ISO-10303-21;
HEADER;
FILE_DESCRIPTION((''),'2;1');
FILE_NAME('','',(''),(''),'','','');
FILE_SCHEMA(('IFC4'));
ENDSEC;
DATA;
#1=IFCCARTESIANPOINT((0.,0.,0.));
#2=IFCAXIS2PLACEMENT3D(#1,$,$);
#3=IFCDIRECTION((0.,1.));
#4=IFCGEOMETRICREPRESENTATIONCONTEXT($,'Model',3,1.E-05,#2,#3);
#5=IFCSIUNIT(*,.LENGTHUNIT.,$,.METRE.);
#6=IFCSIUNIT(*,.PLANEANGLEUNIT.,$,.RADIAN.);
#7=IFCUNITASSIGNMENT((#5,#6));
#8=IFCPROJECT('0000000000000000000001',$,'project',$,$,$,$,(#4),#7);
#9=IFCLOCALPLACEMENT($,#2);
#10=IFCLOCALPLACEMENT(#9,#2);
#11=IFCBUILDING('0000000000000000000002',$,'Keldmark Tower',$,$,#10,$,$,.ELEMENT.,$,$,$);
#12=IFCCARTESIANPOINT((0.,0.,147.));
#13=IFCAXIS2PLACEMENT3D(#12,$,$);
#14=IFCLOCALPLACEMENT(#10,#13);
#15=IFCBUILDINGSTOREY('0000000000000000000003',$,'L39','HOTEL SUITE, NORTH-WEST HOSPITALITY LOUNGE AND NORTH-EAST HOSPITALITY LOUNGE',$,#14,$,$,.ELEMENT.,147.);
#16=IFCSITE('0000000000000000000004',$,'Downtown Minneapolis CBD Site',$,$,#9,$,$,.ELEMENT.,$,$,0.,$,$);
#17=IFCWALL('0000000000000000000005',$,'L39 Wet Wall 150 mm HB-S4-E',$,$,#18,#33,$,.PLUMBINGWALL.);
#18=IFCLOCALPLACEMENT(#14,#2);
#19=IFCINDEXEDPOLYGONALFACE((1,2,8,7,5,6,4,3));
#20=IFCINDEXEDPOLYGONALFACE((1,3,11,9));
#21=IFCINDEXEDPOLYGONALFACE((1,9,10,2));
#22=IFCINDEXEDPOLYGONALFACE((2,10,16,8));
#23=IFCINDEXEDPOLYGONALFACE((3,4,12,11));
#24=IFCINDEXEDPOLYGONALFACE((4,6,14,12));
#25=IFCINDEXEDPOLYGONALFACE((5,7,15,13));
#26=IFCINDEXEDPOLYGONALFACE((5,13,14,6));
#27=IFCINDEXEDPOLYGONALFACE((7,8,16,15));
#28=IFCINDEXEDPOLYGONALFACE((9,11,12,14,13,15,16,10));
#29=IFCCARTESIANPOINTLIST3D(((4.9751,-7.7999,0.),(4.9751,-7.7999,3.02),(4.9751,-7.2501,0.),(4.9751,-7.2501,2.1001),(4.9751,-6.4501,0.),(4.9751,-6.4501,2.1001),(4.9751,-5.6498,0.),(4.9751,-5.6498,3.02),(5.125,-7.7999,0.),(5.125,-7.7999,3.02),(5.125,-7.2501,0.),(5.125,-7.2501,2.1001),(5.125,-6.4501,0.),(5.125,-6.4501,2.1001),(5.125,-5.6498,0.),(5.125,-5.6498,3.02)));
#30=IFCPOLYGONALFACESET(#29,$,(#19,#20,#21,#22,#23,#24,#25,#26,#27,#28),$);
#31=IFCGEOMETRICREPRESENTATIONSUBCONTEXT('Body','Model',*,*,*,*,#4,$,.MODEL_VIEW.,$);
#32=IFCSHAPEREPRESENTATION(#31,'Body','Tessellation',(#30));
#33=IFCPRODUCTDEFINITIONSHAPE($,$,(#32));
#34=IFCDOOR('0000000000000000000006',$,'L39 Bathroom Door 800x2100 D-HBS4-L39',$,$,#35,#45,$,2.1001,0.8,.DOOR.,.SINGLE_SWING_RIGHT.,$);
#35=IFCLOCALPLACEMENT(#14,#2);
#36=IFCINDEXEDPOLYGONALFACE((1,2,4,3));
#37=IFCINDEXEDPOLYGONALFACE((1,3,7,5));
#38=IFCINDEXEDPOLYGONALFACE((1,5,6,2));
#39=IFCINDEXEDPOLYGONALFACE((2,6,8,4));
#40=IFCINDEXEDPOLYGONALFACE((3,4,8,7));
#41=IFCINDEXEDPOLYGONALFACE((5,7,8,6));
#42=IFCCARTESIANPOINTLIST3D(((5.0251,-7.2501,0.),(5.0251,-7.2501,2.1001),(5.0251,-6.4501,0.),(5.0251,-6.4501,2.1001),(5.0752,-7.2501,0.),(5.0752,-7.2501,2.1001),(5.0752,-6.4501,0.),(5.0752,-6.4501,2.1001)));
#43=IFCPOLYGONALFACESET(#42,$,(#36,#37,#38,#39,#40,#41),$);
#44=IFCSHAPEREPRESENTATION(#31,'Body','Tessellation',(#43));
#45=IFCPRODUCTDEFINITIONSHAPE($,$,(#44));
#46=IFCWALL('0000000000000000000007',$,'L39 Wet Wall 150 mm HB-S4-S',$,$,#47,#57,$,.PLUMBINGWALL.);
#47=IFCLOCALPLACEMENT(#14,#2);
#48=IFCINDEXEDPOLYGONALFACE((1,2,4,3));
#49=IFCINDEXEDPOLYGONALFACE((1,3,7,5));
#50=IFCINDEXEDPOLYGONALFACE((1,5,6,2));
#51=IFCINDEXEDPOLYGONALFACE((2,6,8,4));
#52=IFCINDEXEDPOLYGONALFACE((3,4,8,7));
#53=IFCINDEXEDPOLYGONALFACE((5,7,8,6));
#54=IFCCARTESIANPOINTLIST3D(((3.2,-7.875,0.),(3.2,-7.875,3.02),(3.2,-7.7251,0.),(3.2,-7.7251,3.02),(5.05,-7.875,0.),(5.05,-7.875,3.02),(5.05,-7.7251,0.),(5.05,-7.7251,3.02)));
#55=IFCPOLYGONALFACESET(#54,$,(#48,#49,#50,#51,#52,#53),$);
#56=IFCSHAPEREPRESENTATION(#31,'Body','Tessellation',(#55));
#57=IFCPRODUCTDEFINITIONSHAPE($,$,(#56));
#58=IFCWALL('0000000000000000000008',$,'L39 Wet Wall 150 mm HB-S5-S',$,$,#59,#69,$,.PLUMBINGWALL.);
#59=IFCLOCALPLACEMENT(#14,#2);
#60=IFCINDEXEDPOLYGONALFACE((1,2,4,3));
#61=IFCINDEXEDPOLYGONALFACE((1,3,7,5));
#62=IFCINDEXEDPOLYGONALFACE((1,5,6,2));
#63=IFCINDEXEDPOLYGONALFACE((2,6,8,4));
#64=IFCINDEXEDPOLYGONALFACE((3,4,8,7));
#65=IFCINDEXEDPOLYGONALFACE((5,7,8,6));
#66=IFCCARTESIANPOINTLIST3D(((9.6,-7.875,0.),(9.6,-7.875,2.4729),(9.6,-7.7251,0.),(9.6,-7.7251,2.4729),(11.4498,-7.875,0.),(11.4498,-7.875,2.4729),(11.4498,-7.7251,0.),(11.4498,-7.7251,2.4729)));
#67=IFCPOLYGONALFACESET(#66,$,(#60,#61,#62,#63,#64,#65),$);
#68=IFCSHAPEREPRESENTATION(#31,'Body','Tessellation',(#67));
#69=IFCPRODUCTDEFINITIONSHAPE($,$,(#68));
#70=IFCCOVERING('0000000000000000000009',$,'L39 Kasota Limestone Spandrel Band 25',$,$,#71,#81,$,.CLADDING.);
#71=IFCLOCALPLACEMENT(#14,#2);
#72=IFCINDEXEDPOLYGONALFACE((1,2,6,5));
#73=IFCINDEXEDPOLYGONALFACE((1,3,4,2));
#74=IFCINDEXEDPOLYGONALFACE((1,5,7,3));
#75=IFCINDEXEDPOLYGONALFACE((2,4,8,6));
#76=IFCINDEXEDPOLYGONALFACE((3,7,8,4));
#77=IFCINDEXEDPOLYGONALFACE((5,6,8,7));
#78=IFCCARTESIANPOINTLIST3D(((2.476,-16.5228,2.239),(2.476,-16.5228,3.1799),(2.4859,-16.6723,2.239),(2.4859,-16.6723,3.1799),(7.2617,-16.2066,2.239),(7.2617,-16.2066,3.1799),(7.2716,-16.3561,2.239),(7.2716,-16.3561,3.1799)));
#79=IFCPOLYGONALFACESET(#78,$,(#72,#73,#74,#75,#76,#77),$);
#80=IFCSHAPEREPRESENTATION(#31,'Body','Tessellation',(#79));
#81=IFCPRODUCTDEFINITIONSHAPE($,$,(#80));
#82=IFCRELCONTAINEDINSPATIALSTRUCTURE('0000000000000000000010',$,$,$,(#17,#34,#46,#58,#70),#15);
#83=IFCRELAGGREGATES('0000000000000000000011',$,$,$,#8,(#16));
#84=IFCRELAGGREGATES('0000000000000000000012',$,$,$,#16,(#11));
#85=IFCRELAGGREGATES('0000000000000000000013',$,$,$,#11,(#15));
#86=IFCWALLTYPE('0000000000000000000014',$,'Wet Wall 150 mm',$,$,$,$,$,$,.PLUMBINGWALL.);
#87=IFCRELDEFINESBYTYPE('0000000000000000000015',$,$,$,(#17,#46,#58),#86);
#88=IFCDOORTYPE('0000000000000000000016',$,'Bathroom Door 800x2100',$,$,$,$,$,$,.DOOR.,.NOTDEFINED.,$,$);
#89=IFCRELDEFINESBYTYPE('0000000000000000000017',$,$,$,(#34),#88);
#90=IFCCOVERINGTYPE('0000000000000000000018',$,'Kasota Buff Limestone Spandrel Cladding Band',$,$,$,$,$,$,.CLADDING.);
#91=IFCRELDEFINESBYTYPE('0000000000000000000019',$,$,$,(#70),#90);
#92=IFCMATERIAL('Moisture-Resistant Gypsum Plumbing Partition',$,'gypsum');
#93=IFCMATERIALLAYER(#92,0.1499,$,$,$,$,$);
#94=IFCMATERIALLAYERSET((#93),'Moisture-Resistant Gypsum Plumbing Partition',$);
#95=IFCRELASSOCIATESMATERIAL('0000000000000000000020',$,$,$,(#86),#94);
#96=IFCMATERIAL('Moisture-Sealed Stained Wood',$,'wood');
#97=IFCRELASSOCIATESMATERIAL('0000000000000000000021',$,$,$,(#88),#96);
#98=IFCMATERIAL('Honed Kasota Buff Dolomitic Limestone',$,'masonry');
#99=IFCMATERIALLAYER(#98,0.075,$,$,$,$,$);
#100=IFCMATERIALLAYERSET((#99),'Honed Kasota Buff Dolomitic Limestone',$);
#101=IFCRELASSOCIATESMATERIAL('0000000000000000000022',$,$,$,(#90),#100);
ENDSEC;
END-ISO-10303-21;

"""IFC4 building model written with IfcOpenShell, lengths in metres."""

from ifc_helpers import new_model, si_unit, direction, frame, frame_2d, origin, origin_2d, place, context, subcontext, project, spatial, rectangle, extrude, material, layer, layer_set, type_object, element, fill, save


model = new_model("IFC4")

# Units and contexts
model_context = context("Model", 3, precision=1e-05, world=origin(), true_north=direction((0.0, 1.0)))
body_context = subcontext(model_context, "Body", "Model", "MODEL_VIEW")
ifc_project = project(units=[si_unit("LENGTHUNIT", "METRE"), si_unit("PLANEANGLEUNIT", "RADIAN")], contexts=[model_context])

# Site, building, storey
site_placement = place(None, origin())
site = spatial("IfcSite", under=ifc_project, at=site_placement, Name="Downtown Minneapolis CBD Site", CompositionType="ELEMENT", RefElevation=0.0)
building_placement = place(site_placement, origin())
building = spatial("IfcBuilding", under=site, at=building_placement, Name="Keldmark Tower", CompositionType="ELEMENT")
storey_placement = place(building_placement, frame((0.0, 0.0, 147.0)))
storey = spatial("IfcBuildingStorey", under=building, at=storey_placement, Name="L39", Description="HOTEL SUITE, NORTH-WEST HOSPITALITY LOUNGE AND NORTH-EAST HOSPITALITY LOUNGE", CompositionType="ELEMENT", Elevation=147.0)

# Shared definitions
ifc_material_1 = material(Name="Moisture-Resistant Gypsum Plumbing Partition", Category="gypsum")
ifc_layer_1 = layer(ifc_material_1, 0.1499)
ifc_layer_set_1 = layer_set([ifc_layer_1], Name="Moisture-Resistant Gypsum Plumbing Partition")
wall_type_1 = type_object("IfcWallType", Name="Wet Wall 150 mm", PredefinedType="PLUMBINGWALL", material=ifc_layer_set_1)

# Wall, opening, door
ifc_material_2 = material(Name="Moisture-Sealed Stained Wood", Category="wood")
door_type = type_object("IfcDoorType", Name="Bathroom Door 800x2100", OperationType="NOTDEFINED", PredefinedType="DOOR", material=ifc_material_2)
wall_1_placement = place(storey_placement, frame((5.05, -7.8, 0.0), z_axis=(0.0, 0.0, 1.0), x_axis=(0.0, 1.0, 0.0)))
wall_1 = element("IfcWall", 1, at=wall_1_placement, inside=storey, type_object=wall_type_1, Name="L39 Wet Wall 150 mm HB-S4-E", PredefinedType="PLUMBINGWALL", context=body_context, shape_type="SweptSolid", body=[
    extrude(rectangle(XDim=2.1501, YDim=0.1499, at=frame_2d((1.0752, 0.0))), origin(), (0.0, 0.0, 1.0), 3.02),
])
opening_1_placement = place(wall_1_placement, frame((0.55, 0.0, 0.0)))
opening_1 = element("IfcOpeningElement", 2, at=opening_1_placement, cuts=wall_1, PredefinedType="OPENING", context=body_context, shape_type="SweptSolid", body=[
    extrude(rectangle(XDim=0.8, YDim=2.1001, at=frame_2d((0.3999, 1.05))), frame((0.0, 0.085, 0.0), z_axis=(0.0, -1.0, 0.0), x_axis=(1.0, 0.0, 0.0)), (0.0, 0.0, 1.0), 0.1699),
])
door_1_placement = place(opening_1_placement, origin())
door_1 = element("IfcDoor", 3, at=door_1_placement, inside=storey, type_object=door_type, Name="L39 Bathroom Door 800x2100 D-HBS4-L39", OperationType="SINGLE_SWING_RIGHT", OverallHeight=2.1001, OverallWidth=0.8, PredefinedType="DOOR", context=body_context, shape_type="SweptSolid", body=[
    extrude(rectangle(XDim=0.8, YDim=2.1001, at=frame_2d((0.3999, 1.05))), frame((0.0, 0.0249, 0.0), z_axis=(0.0, -1.0, 0.0), x_axis=(1.0, 0.0, 0.0)), (0.0, 0.0, 1.0), 0.05),
])
fill(opening_1, door_1)

# Walls
wall_2_placement = place(storey_placement, frame((3.2, -7.8, 0.0), z_axis=(0.0, 0.0, 1.0), x_axis=(1.0, 0.0, 0.0)))
element("IfcWall", 4, at=wall_2_placement, inside=storey, type_object=wall_type_1, Name="L39 Wet Wall 150 mm HB-S4-S", PredefinedType="PLUMBINGWALL", context=body_context, shape_type="SweptSolid", body=[
    extrude(rectangle(XDim=1.8501, YDim=0.1499, at=frame_2d((0.925, 0.0))), origin(), (0.0, 0.0, 1.0), 3.02),
])
wall_3_placement = place(storey_placement, frame((9.6001, -7.8, 0.0), z_axis=(0.0, 0.0, 1.0), x_axis=(1.0, 0.0, 0.0)))
element("IfcWall", 5, at=wall_3_placement, inside=storey, type_object=wall_type_1, Name="L39 Wet Wall 150 mm HB-S5-S", PredefinedType="PLUMBINGWALL", context=body_context, shape_type="SweptSolid", body=[
    extrude(rectangle(XDim=1.8499, YDim=0.1499, at=frame_2d((0.9248, 0.0))), origin(), (0.0, 0.0, 1.0), 2.4729),
])

# Covering
ifc_material_3 = material(Name="Honed Kasota Buff Dolomitic Limestone", Category="masonry")
ifc_layer_2 = layer(ifc_material_3, 0.075)
ifc_layer_set_2 = layer_set([ifc_layer_2], Name="Honed Kasota Buff Dolomitic Limestone")
covering_type = type_object("IfcCoveringType", Name="Kasota Buff Limestone Spandrel Cladding Band", PredefinedType="CLADDING", material=ifc_layer_set_2)
covering_placement = place(storey_placement, frame((4.8738, -16.4395, 2.239), z_axis=(0.0, 0.0, 1.0), x_axis=(0.997825, 0.065926, 0.0)))
element("IfcCovering", 6, at=covering_placement, inside=storey, type_object=covering_type, Name="L39 Kasota Limestone Spandrel Band 25", PredefinedType="CLADDING", context=body_context, shape_type="SweptSolid", body=[
    extrude(rectangle(XDim=4.7961, YDim=0.1499, at=origin_2d()), origin(), (0.0, 0.0, 1.0), 0.9409),
])

save(model, "model.ifc")
